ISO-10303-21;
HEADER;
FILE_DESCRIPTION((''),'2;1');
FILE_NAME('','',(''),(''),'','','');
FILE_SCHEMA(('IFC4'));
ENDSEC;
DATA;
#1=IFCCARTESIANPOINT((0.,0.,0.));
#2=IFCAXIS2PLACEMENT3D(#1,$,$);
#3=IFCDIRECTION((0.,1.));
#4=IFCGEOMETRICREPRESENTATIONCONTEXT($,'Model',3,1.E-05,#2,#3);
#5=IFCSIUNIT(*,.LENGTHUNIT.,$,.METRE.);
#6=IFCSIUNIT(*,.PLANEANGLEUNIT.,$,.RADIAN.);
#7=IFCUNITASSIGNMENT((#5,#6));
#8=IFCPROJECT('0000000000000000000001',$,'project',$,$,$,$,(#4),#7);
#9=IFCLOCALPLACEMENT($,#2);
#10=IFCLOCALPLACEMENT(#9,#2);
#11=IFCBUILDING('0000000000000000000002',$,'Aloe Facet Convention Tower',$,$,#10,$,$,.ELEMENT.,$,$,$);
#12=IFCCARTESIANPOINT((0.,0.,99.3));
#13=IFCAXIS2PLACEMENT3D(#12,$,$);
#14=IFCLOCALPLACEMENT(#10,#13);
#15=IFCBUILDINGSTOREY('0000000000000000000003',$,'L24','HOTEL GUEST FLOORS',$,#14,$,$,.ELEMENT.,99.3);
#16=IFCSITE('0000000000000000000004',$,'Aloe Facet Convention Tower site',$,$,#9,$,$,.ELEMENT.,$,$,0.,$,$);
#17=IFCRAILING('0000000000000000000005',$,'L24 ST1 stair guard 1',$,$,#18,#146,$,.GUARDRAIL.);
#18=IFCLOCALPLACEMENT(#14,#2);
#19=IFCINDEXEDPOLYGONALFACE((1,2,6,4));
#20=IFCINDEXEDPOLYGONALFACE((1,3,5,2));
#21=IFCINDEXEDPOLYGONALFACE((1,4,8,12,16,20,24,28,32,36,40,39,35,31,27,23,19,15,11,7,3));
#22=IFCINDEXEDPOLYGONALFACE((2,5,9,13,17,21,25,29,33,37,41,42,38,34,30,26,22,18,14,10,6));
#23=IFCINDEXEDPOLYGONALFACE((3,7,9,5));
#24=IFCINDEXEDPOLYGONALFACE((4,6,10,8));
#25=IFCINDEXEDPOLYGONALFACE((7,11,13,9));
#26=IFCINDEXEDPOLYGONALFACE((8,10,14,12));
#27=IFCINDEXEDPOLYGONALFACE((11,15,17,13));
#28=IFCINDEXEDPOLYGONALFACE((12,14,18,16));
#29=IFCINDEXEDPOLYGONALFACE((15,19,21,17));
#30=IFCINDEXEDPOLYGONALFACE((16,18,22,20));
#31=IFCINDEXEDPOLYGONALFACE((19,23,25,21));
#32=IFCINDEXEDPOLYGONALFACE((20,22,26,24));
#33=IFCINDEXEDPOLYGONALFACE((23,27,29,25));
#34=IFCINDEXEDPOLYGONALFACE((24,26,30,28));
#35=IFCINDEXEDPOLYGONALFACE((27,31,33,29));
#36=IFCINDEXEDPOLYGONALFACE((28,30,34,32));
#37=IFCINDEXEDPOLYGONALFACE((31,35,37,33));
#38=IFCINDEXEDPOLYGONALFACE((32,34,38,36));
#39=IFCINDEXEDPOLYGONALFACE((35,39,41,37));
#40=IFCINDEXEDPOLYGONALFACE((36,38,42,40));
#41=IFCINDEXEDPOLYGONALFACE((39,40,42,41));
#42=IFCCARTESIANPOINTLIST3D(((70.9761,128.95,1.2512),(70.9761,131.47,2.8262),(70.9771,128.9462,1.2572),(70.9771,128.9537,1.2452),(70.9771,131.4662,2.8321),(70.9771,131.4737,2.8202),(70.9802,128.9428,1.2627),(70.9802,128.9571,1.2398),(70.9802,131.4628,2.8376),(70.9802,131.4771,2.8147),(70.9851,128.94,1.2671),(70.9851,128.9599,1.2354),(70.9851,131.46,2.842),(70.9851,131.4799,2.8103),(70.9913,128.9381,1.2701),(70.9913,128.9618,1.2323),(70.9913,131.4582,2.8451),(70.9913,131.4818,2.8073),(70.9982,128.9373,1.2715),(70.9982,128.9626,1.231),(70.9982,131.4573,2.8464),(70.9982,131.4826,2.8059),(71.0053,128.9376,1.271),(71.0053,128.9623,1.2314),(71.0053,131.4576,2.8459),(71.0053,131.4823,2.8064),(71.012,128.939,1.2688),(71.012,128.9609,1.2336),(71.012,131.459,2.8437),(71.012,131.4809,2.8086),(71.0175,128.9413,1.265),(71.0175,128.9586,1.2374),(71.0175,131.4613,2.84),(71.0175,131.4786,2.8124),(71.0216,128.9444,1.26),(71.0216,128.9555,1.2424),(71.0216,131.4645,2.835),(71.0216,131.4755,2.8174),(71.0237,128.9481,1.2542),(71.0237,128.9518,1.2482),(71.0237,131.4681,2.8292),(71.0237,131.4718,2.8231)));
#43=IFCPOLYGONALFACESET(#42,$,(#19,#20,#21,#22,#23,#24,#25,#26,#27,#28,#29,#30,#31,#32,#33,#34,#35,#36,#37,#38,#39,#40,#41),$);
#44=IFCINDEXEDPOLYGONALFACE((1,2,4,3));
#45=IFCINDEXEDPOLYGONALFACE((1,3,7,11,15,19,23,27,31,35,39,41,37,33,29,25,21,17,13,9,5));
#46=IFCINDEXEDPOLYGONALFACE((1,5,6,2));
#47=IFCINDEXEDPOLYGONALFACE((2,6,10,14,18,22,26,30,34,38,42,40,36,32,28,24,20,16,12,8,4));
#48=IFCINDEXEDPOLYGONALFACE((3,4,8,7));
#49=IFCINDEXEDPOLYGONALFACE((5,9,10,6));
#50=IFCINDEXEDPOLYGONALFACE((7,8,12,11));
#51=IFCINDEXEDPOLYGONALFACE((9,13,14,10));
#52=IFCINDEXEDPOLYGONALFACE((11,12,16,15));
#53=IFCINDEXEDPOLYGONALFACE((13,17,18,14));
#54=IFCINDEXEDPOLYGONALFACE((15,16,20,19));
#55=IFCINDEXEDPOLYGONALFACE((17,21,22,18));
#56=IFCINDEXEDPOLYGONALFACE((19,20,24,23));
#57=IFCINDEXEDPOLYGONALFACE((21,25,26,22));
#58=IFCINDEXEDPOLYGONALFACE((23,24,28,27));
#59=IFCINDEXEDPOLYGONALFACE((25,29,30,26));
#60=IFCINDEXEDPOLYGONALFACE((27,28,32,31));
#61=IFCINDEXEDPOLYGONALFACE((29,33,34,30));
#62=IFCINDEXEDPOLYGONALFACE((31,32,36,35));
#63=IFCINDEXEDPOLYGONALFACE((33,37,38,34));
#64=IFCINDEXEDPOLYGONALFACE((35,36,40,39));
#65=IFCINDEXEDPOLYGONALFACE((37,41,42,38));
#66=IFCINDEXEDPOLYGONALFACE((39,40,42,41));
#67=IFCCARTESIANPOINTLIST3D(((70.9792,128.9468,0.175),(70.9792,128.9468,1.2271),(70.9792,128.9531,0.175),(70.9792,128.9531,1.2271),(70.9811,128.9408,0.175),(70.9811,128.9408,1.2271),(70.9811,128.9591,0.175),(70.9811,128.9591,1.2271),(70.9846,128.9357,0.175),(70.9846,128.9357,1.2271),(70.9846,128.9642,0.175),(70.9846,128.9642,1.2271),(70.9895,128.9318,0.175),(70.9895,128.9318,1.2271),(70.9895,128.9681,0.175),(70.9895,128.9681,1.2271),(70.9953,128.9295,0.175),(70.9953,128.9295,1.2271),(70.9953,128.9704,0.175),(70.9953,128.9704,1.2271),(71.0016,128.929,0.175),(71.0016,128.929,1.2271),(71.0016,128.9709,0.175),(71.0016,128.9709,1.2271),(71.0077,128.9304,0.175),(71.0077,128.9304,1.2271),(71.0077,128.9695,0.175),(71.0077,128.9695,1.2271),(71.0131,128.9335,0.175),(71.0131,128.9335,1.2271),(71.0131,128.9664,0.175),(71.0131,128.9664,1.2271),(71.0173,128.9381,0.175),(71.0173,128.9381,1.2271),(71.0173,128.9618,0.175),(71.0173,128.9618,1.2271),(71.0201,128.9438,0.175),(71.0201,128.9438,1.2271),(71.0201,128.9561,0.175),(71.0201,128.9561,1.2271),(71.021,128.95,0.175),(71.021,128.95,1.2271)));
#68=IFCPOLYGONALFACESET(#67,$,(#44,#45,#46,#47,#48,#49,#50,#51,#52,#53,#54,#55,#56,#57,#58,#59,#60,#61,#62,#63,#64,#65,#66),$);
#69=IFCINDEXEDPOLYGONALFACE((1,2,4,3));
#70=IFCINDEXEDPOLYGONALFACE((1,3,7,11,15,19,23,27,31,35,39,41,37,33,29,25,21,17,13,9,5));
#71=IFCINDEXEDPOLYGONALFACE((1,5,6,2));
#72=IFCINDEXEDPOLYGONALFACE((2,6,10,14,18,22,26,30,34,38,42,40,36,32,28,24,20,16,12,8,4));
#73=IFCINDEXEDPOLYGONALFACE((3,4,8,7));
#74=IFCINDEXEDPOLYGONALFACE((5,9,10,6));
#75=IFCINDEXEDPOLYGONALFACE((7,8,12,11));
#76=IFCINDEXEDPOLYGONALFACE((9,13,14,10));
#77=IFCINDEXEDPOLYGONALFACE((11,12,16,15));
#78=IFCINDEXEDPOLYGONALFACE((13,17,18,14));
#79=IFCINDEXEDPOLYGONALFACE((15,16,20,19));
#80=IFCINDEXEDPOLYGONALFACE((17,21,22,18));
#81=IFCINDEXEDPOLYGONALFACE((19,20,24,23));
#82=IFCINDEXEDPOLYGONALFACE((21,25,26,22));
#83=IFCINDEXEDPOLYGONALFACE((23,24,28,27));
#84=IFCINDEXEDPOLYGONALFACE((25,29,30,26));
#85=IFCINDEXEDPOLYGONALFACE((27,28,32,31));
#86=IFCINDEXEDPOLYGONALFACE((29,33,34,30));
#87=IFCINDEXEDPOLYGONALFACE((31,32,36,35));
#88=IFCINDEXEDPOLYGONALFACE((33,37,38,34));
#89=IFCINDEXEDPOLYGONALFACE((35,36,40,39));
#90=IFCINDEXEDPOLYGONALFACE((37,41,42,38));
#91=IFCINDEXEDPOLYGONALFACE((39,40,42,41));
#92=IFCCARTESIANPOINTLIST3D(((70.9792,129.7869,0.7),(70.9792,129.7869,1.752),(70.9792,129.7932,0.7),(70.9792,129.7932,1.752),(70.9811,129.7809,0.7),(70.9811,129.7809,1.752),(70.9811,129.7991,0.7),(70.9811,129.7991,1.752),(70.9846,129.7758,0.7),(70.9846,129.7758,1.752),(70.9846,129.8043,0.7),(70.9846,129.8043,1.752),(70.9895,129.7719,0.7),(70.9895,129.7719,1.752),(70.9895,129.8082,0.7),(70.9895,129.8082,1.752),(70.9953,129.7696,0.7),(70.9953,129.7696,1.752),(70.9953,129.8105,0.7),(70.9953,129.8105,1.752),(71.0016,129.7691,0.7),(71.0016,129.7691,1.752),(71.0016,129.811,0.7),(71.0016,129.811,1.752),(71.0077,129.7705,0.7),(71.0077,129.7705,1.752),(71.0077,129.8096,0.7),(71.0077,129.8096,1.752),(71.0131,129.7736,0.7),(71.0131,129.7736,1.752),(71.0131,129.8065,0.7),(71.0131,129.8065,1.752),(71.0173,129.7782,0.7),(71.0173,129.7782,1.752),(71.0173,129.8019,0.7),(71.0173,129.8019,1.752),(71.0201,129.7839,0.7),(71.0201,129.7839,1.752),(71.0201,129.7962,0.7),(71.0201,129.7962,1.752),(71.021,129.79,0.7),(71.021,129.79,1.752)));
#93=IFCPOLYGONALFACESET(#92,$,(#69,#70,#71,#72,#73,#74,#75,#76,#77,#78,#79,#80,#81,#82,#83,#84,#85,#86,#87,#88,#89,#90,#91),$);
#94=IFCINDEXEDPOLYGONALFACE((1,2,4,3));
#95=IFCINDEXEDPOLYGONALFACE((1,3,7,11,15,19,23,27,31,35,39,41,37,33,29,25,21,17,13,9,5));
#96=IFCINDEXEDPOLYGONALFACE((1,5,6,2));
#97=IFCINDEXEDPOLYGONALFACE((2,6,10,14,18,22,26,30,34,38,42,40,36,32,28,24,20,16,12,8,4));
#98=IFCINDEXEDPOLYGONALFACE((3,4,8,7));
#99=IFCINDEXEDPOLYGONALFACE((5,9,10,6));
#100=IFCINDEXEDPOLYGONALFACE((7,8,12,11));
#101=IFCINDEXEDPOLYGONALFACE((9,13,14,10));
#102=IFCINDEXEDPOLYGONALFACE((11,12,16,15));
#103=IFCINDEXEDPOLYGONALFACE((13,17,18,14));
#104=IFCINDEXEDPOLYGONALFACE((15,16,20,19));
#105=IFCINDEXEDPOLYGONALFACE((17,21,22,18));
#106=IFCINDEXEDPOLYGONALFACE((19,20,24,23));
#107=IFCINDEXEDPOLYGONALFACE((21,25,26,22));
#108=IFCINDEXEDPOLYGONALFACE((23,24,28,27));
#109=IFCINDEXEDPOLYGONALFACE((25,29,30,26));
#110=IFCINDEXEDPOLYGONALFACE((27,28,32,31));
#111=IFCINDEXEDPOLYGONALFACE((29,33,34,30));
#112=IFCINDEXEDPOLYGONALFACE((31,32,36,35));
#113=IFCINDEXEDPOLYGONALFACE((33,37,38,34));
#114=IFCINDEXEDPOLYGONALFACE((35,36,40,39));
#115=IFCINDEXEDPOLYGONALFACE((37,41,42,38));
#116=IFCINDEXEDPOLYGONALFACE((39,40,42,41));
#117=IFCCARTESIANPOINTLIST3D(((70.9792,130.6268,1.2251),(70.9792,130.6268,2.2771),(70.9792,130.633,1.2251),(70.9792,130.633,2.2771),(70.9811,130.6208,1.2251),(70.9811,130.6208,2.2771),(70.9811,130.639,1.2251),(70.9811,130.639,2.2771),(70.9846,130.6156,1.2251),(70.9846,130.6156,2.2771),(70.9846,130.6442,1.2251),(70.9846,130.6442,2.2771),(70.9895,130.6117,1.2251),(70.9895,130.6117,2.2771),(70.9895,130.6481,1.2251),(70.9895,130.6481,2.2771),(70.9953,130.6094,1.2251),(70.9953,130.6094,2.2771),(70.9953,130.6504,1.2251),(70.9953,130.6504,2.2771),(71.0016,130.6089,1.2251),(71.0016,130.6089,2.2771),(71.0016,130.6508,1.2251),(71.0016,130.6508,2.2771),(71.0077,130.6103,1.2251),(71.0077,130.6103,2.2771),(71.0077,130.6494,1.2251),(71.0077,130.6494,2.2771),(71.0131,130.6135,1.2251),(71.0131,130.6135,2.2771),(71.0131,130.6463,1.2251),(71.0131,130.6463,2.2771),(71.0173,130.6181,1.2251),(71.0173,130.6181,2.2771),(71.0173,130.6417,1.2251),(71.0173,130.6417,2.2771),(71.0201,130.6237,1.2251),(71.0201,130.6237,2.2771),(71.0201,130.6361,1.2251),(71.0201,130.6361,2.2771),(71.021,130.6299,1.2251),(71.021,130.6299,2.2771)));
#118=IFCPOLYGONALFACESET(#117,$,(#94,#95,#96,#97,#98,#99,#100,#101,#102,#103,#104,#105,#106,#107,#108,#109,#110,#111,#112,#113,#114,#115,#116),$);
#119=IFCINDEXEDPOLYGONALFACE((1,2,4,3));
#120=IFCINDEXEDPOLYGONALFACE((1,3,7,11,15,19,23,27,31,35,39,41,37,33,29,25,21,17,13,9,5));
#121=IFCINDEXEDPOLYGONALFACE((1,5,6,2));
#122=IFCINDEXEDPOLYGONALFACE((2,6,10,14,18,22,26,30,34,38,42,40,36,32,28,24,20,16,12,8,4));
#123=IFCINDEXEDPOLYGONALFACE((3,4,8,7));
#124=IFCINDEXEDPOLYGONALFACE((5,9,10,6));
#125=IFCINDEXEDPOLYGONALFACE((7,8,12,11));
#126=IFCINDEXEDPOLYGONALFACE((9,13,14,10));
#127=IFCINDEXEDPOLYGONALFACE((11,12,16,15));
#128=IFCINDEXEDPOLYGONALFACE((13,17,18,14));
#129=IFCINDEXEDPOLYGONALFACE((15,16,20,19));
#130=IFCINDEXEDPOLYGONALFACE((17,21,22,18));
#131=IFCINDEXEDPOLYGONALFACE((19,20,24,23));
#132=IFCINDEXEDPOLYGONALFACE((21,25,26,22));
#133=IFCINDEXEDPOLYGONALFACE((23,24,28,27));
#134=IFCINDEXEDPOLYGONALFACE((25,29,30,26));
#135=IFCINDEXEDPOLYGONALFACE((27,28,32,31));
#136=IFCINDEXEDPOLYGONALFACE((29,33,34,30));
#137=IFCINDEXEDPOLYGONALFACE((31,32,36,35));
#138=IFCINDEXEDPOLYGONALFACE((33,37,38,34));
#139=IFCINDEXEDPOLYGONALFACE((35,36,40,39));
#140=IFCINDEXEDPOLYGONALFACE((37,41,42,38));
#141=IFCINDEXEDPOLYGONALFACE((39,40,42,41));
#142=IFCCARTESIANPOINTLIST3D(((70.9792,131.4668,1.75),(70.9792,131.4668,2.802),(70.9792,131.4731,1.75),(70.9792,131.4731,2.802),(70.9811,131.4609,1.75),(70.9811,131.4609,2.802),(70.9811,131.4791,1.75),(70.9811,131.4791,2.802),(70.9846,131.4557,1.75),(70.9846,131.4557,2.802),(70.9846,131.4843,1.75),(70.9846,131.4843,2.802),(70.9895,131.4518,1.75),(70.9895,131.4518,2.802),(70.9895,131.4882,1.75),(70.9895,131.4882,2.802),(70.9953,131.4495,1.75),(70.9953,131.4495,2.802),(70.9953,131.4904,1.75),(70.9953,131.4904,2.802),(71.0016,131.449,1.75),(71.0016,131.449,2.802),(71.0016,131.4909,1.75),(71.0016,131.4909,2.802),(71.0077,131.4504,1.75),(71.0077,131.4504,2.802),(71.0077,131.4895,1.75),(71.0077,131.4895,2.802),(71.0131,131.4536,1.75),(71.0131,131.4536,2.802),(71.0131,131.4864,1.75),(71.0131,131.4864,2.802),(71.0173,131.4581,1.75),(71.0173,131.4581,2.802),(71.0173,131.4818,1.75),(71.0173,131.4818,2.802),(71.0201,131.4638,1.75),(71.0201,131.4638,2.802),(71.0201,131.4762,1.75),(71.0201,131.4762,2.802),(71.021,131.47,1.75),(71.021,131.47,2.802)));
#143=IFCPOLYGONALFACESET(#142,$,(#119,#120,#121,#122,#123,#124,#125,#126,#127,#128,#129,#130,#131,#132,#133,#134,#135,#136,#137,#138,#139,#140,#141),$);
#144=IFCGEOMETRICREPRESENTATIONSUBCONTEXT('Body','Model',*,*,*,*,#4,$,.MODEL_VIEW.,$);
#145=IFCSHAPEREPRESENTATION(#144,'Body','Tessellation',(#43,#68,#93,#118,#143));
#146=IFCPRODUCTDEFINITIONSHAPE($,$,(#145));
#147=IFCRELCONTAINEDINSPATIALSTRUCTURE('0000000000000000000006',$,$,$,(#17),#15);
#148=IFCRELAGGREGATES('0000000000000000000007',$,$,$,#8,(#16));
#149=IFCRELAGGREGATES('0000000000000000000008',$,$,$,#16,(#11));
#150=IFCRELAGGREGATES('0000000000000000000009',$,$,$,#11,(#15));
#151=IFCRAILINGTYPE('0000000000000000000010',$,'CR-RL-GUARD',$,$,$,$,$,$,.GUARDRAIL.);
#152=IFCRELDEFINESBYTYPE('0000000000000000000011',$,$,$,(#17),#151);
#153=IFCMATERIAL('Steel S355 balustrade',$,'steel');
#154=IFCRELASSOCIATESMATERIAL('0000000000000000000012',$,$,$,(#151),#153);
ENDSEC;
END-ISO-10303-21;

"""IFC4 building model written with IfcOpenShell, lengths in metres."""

from ifc_helpers import new_model, si_unit, direction, frame, origin, origin_2d, place, context, subcontext, project, spatial, circle, extrude, material, type_object, element, save


model = new_model("IFC4")

# Units and contexts
model_context = context("Model", 3, precision=1e-05, world=origin(), true_north=direction((0.0, 1.0)))
body_context = subcontext(model_context, "Body", "Model", "MODEL_VIEW")
ifc_project = project(units=[si_unit("LENGTHUNIT", "METRE"), si_unit("PLANEANGLEUNIT", "RADIAN")], contexts=[model_context])

# Site, building, storey
site_placement = place(None, origin())
site = spatial("IfcSite", under=ifc_project, at=site_placement, Name="Aloe Facet Convention Tower site", CompositionType="ELEMENT", RefElevation=0.0)
building_placement = place(site_placement, origin())
building = spatial("IfcBuilding", under=site, at=building_placement, Name="Aloe Facet Convention Tower", CompositionType="ELEMENT")
storey_placement = place(building_placement, frame((0.0, 0.0, 99.3)))
storey = spatial("IfcBuildingStorey", under=building, at=storey_placement, Name="L24", Description="HOTEL GUEST FLOORS", CompositionType="ELEMENT", Elevation=99.3)

# Railing
ifc_material_1 = material(Name="Steel S355 balustrade", Category="steel")
railing_type_1 = type_object("IfcRailingType", Name="CR-RL-GUARD", PredefinedType="GUARDRAIL", material=ifc_material_1)
railing_1_placement = place(storey_placement, frame((71.0, 128.95, 0.175)))
element("IfcRailing", 1, at=railing_1_placement, inside=storey, type_object=railing_type_1, Name="L24 ST1 stair guard 1", PredefinedType="GUARDRAIL", context=body_context, shape_type="SweptSolid", body=[
    extrude(circle(Radius=0.0239, at=origin_2d()), frame((0.0, 0.0, 1.0762), z_axis=(0.0, 0.848008, 0.529984), x_axis=(-1.0, 0.0, 0.0)), (0.0, 0.0, 1.0), 2.9717),
    extrude(circle(Radius=0.021, at=origin_2d()), origin(), (0.0, 0.0, 1.0), 1.052),
    extrude(circle(Radius=0.021, at=origin_2d()), frame((0.0, 0.8401, 0.5249)), (0.0, 0.0, 1.0), 1.052),
    extrude(circle(Radius=0.021, at=origin_2d()), frame((0.0, 1.6799, 1.05)), (0.0, 0.0, 1.0), 1.052),
    extrude(circle(Radius=0.021, at=origin_2d()), frame((0.0, 2.52, 1.575)), (0.0, 0.0, 1.0), 1.052),
])

save(model, "model.ifc")
